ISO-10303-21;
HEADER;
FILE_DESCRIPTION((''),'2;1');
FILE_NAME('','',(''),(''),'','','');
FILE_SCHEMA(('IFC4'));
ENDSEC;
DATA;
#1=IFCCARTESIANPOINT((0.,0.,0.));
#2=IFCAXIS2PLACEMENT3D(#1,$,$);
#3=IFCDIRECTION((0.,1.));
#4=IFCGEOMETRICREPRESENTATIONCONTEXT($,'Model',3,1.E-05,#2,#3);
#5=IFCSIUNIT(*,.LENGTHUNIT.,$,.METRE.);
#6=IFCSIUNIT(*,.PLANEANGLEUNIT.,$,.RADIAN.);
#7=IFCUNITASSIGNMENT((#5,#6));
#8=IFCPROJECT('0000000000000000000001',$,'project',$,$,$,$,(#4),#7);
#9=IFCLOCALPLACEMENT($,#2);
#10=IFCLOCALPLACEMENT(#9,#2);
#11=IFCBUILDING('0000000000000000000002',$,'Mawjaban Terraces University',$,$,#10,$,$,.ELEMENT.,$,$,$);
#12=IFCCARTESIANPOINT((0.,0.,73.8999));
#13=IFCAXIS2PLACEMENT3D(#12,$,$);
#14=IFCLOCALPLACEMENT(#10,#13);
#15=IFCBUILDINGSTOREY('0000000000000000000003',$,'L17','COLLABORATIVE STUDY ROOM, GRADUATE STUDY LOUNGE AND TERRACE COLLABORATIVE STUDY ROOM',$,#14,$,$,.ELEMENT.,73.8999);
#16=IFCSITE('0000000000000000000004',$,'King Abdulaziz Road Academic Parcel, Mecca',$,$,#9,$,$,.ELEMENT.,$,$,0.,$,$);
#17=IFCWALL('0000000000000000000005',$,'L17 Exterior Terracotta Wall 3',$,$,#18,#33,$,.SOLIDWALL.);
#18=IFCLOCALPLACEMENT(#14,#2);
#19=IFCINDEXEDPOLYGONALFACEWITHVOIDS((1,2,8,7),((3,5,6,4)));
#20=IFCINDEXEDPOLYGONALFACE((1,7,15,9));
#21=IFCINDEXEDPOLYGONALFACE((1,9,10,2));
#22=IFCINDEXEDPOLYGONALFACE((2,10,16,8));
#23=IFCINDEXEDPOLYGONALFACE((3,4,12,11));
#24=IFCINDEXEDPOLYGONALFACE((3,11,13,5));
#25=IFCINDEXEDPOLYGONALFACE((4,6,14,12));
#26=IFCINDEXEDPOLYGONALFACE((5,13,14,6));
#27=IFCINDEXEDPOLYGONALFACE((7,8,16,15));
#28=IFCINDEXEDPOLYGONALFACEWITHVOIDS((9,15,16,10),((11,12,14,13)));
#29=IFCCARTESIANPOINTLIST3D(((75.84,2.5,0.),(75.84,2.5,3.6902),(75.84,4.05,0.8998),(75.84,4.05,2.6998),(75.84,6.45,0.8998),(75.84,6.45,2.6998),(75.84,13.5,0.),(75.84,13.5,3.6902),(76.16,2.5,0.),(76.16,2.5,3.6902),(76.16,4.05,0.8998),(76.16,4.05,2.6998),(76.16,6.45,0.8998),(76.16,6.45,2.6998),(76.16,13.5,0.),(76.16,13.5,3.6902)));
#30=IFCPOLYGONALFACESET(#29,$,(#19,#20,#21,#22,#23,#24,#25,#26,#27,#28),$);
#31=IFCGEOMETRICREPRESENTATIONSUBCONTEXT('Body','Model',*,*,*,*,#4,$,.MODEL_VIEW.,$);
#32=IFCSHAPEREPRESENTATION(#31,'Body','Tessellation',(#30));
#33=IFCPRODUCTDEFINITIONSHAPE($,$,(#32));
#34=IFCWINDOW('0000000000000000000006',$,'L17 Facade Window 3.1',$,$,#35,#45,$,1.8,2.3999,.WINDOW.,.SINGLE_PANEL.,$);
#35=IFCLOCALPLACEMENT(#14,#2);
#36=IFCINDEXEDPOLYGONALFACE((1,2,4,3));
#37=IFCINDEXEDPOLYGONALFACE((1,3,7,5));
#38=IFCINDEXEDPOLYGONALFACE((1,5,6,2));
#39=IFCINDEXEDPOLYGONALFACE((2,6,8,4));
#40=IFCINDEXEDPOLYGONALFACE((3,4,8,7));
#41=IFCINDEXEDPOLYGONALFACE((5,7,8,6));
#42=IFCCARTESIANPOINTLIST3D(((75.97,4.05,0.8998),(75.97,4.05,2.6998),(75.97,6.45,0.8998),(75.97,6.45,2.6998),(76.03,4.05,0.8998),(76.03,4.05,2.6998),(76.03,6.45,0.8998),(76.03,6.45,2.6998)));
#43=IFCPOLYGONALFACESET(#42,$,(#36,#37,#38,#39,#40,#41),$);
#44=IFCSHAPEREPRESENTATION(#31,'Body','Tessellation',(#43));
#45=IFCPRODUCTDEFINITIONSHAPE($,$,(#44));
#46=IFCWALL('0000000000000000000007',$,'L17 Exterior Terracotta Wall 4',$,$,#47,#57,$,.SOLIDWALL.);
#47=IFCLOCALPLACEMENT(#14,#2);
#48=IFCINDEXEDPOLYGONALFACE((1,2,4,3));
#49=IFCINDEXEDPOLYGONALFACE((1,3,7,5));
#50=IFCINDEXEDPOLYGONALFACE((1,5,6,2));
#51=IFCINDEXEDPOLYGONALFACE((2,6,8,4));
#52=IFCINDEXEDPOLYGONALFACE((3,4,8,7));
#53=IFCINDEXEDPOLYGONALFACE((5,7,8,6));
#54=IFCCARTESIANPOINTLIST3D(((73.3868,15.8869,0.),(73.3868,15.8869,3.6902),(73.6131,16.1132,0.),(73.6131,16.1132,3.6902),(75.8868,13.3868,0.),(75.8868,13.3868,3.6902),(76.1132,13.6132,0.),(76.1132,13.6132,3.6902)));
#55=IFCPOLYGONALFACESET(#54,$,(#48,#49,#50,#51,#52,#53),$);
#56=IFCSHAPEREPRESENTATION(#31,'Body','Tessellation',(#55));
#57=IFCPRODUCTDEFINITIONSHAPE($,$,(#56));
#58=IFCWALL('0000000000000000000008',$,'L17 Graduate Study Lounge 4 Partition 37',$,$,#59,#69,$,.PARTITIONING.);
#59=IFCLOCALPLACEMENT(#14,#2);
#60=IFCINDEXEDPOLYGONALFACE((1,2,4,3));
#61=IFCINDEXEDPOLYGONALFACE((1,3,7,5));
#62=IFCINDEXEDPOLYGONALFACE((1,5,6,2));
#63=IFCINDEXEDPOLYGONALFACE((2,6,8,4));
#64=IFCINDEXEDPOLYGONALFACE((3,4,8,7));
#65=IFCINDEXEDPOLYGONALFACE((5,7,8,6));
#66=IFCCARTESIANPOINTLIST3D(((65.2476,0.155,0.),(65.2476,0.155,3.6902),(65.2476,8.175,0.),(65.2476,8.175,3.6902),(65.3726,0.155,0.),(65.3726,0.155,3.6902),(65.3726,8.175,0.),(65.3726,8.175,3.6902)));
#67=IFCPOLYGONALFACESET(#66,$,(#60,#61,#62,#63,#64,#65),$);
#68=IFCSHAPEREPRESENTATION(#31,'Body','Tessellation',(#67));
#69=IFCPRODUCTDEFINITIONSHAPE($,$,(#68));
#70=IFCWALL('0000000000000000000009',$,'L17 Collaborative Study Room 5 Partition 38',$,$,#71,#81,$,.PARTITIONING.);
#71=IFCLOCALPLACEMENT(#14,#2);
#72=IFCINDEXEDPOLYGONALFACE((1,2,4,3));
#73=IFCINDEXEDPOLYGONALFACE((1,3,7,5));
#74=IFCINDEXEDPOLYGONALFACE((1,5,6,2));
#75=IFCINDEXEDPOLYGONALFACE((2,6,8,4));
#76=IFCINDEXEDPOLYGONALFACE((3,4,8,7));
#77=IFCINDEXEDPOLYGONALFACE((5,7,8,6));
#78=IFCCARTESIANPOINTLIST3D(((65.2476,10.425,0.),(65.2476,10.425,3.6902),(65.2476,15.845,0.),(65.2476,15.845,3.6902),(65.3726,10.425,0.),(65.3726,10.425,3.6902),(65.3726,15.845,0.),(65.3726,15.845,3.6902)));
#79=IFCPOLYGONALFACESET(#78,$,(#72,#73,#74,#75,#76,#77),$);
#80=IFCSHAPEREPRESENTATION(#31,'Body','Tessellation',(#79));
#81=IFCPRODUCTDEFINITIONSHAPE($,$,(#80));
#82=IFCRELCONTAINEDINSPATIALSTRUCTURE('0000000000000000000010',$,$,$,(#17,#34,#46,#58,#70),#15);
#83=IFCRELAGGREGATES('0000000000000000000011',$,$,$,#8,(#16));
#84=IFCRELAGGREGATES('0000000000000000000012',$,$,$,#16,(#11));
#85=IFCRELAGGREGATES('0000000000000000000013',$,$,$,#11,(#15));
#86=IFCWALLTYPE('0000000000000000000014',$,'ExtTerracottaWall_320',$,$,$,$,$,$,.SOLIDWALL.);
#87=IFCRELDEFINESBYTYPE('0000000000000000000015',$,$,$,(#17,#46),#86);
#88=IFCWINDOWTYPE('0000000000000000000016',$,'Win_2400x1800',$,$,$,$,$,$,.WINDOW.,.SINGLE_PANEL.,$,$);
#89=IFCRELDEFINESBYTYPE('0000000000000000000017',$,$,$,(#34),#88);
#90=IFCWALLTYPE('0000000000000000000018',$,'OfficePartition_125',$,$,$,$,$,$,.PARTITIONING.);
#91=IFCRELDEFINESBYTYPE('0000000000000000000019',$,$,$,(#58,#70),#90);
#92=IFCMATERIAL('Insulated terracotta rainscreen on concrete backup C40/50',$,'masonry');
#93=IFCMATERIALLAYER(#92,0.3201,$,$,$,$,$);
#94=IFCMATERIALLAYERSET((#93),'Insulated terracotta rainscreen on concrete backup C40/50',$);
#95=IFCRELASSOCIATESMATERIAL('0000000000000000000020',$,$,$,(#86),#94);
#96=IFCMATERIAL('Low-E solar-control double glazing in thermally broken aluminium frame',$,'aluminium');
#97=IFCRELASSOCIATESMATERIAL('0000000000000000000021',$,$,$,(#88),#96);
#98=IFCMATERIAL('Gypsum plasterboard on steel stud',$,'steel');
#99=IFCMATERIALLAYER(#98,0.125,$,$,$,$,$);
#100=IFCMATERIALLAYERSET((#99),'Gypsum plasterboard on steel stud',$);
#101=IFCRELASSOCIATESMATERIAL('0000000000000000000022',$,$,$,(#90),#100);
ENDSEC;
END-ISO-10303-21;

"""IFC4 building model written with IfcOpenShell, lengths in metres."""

from ifc_helpers import new_model, si_unit, direction, frame, frame_2d, origin, place, context, subcontext, project, spatial, rectangle, extrude, material, layer, layer_set, type_object, element, fill, save


model = new_model("IFC4")

# Units and contexts
model_context = context("Model", 3, precision=1e-05, world=origin(), true_north=direction((0.0, 1.0)))
body_context = subcontext(model_context, "Body", "Model", "MODEL_VIEW")
ifc_project = project(units=[si_unit("LENGTHUNIT", "METRE"), si_unit("PLANEANGLEUNIT", "RADIAN")], contexts=[model_context])

# Site, building, storey
site_placement = place(None, origin())
site = spatial("IfcSite", under=ifc_project, at=site_placement, Name="King Abdulaziz Road Academic Parcel, Mecca", CompositionType="ELEMENT", RefElevation=0.0)
building_placement = place(site_placement, origin())
building = spatial("IfcBuilding", under=site, at=building_placement, Name="Mawjaban Terraces University", CompositionType="ELEMENT")
storey_placement = place(building_placement, frame((0.0, 0.0, 73.8999)))
storey = spatial("IfcBuildingStorey", under=building, at=storey_placement, Name="L17", Description="COLLABORATIVE STUDY ROOM, GRADUATE STUDY LOUNGE AND TERRACE COLLABORATIVE STUDY ROOM", CompositionType="ELEMENT", Elevation=73.8999)

# Shared definitions
ifc_material_1 = material(Name="Insulated terracotta rainscreen on concrete backup C40/50", Category="masonry")
ifc_layer_1 = layer(ifc_material_1, 0.3201)
ifc_layer_set_1 = layer_set([ifc_layer_1], Name="Insulated terracotta rainscreen on concrete backup C40/50")
wall_type_1 = type_object("IfcWallType", Name="ExtTerracottaWall_320", PredefinedType="SOLIDWALL", material=ifc_layer_set_1)

# Wall, opening, window
wall_1_placement = place(storey_placement, frame((76.0, 2.5, 0.0), z_axis=(0.0, 0.0, 1.0), x_axis=(0.0, 1.0, 0.0)))
wall_1 = element("IfcWall", 1, at=wall_1_placement, inside=storey, type_object=wall_type_1, Name="L17 Exterior Terracotta Wall 3", PredefinedType="SOLIDWALL", context=body_context, shape_type="SweptSolid", body=[
    extrude(rectangle(XDim=11.0, YDim=0.3201, at=frame_2d((5.5, 0.0))), origin(), (0.0, 0.0, 1.0), 3.6902),
])
opening_1_placement = place(wall_1_placement, frame((1.55, 0.0, 0.8999)))
opening_1 = element("IfcOpeningElement", 2, at=opening_1_placement, cuts=wall_1, PredefinedType="OPENING", context=body_context, shape_type="SweptSolid", body=[
    extrude(rectangle(XDim=2.3999, YDim=1.8, at=frame_2d((1.2, 0.8999))), frame((0.0, 0.1699, 0.0), z_axis=(0.0, -1.0, 0.0), x_axis=(1.0, 0.0, 0.0)), (0.0, 0.0, 1.0), 0.3401),
])
ifc_material_2 = material(Name="Low-E solar-control double glazing in thermally broken aluminium frame", Category="aluminium")
window_type = type_object("IfcWindowType", Name="Win_2400x1800", PartitioningType="SINGLE_PANEL", PredefinedType="WINDOW", material=ifc_material_2)
window_placement = place(opening_1_placement, origin())
window = element("IfcWindow", 3, at=window_placement, inside=storey, type_object=window_type, Name="L17 Facade Window 3.1", OverallHeight=1.8, OverallWidth=2.3999, PartitioningType="SINGLE_PANEL", PredefinedType="WINDOW", context=body_context, shape_type="SweptSolid", body=[
    extrude(rectangle(XDim=2.3999, YDim=1.8, at=frame_2d((1.2, 0.8999))), frame((0.0, 0.03, 0.0), z_axis=(0.0, -1.0, 0.0), x_axis=(1.0, 0.0, 0.0)), (0.0, 0.0, 1.0), 0.0601),
])
fill(opening_1, window)

# Walls
wall_2_placement = place(storey_placement, frame((76.0, 13.5, 0.0), z_axis=(0.0, 0.0, 1.0), x_axis=(-0.707107, 0.707107, 0.0)))
element("IfcWall", 4, at=wall_2_placement, inside=storey, type_object=wall_type_1, Name="L17 Exterior Terracotta Wall 4", PredefinedType="SOLIDWALL", context=body_context, shape_type="SweptSolid", body=[
    extrude(rectangle(XDim=3.5356, YDim=0.3201, at=frame_2d((1.7678, 0.0))), origin(), (0.0, 0.0, 1.0), 3.6902),
])
ifc_material_3 = material(Name="Gypsum plasterboard on steel stud", Category="steel")
ifc_layer_2 = layer(ifc_material_3, 0.125)
ifc_layer_set_2 = layer_set([ifc_layer_2], Name="Gypsum plasterboard on steel stud")
wall_type_2 = type_object("IfcWallType", Name="OfficePartition_125", PredefinedType="PARTITIONING", material=ifc_layer_set_2)
wall_3_placement = place(storey_placement, frame((65.3101, 0.155, 0.0), z_axis=(0.0, 0.0, 1.0), x_axis=(0.0, 1.0, 0.0)))
element("IfcWall", 5, at=wall_3_placement, inside=storey, type_object=wall_type_2, Name="L17 Graduate Study Lounge 4 Partition 37", PredefinedType="PARTITIONING", context=body_context, shape_type="SweptSolid", body=[
    extrude(rectangle(XDim=8.02, YDim=0.125, at=frame_2d((4.01, 0.0))), origin(), (0.0, 0.0, 1.0), 3.6902),
])
wall_4_placement = place(storey_placement, frame((65.3101, 10.425, 0.0), z_axis=(0.0, 0.0, 1.0), x_axis=(0.0, 1.0, 0.0)))
element("IfcWall", 6, at=wall_4_placement, inside=storey, type_object=wall_type_2, Name="L17 Collaborative Study Room 5 Partition 38", PredefinedType="PARTITIONING", context=body_context, shape_type="SweptSolid", body=[
    extrude(rectangle(XDim=5.4199, YDim=0.125, at=frame_2d((2.71, 0.0))), origin(), (0.0, 0.0, 1.0), 3.6902),
])

save(model, "model.ifc")
